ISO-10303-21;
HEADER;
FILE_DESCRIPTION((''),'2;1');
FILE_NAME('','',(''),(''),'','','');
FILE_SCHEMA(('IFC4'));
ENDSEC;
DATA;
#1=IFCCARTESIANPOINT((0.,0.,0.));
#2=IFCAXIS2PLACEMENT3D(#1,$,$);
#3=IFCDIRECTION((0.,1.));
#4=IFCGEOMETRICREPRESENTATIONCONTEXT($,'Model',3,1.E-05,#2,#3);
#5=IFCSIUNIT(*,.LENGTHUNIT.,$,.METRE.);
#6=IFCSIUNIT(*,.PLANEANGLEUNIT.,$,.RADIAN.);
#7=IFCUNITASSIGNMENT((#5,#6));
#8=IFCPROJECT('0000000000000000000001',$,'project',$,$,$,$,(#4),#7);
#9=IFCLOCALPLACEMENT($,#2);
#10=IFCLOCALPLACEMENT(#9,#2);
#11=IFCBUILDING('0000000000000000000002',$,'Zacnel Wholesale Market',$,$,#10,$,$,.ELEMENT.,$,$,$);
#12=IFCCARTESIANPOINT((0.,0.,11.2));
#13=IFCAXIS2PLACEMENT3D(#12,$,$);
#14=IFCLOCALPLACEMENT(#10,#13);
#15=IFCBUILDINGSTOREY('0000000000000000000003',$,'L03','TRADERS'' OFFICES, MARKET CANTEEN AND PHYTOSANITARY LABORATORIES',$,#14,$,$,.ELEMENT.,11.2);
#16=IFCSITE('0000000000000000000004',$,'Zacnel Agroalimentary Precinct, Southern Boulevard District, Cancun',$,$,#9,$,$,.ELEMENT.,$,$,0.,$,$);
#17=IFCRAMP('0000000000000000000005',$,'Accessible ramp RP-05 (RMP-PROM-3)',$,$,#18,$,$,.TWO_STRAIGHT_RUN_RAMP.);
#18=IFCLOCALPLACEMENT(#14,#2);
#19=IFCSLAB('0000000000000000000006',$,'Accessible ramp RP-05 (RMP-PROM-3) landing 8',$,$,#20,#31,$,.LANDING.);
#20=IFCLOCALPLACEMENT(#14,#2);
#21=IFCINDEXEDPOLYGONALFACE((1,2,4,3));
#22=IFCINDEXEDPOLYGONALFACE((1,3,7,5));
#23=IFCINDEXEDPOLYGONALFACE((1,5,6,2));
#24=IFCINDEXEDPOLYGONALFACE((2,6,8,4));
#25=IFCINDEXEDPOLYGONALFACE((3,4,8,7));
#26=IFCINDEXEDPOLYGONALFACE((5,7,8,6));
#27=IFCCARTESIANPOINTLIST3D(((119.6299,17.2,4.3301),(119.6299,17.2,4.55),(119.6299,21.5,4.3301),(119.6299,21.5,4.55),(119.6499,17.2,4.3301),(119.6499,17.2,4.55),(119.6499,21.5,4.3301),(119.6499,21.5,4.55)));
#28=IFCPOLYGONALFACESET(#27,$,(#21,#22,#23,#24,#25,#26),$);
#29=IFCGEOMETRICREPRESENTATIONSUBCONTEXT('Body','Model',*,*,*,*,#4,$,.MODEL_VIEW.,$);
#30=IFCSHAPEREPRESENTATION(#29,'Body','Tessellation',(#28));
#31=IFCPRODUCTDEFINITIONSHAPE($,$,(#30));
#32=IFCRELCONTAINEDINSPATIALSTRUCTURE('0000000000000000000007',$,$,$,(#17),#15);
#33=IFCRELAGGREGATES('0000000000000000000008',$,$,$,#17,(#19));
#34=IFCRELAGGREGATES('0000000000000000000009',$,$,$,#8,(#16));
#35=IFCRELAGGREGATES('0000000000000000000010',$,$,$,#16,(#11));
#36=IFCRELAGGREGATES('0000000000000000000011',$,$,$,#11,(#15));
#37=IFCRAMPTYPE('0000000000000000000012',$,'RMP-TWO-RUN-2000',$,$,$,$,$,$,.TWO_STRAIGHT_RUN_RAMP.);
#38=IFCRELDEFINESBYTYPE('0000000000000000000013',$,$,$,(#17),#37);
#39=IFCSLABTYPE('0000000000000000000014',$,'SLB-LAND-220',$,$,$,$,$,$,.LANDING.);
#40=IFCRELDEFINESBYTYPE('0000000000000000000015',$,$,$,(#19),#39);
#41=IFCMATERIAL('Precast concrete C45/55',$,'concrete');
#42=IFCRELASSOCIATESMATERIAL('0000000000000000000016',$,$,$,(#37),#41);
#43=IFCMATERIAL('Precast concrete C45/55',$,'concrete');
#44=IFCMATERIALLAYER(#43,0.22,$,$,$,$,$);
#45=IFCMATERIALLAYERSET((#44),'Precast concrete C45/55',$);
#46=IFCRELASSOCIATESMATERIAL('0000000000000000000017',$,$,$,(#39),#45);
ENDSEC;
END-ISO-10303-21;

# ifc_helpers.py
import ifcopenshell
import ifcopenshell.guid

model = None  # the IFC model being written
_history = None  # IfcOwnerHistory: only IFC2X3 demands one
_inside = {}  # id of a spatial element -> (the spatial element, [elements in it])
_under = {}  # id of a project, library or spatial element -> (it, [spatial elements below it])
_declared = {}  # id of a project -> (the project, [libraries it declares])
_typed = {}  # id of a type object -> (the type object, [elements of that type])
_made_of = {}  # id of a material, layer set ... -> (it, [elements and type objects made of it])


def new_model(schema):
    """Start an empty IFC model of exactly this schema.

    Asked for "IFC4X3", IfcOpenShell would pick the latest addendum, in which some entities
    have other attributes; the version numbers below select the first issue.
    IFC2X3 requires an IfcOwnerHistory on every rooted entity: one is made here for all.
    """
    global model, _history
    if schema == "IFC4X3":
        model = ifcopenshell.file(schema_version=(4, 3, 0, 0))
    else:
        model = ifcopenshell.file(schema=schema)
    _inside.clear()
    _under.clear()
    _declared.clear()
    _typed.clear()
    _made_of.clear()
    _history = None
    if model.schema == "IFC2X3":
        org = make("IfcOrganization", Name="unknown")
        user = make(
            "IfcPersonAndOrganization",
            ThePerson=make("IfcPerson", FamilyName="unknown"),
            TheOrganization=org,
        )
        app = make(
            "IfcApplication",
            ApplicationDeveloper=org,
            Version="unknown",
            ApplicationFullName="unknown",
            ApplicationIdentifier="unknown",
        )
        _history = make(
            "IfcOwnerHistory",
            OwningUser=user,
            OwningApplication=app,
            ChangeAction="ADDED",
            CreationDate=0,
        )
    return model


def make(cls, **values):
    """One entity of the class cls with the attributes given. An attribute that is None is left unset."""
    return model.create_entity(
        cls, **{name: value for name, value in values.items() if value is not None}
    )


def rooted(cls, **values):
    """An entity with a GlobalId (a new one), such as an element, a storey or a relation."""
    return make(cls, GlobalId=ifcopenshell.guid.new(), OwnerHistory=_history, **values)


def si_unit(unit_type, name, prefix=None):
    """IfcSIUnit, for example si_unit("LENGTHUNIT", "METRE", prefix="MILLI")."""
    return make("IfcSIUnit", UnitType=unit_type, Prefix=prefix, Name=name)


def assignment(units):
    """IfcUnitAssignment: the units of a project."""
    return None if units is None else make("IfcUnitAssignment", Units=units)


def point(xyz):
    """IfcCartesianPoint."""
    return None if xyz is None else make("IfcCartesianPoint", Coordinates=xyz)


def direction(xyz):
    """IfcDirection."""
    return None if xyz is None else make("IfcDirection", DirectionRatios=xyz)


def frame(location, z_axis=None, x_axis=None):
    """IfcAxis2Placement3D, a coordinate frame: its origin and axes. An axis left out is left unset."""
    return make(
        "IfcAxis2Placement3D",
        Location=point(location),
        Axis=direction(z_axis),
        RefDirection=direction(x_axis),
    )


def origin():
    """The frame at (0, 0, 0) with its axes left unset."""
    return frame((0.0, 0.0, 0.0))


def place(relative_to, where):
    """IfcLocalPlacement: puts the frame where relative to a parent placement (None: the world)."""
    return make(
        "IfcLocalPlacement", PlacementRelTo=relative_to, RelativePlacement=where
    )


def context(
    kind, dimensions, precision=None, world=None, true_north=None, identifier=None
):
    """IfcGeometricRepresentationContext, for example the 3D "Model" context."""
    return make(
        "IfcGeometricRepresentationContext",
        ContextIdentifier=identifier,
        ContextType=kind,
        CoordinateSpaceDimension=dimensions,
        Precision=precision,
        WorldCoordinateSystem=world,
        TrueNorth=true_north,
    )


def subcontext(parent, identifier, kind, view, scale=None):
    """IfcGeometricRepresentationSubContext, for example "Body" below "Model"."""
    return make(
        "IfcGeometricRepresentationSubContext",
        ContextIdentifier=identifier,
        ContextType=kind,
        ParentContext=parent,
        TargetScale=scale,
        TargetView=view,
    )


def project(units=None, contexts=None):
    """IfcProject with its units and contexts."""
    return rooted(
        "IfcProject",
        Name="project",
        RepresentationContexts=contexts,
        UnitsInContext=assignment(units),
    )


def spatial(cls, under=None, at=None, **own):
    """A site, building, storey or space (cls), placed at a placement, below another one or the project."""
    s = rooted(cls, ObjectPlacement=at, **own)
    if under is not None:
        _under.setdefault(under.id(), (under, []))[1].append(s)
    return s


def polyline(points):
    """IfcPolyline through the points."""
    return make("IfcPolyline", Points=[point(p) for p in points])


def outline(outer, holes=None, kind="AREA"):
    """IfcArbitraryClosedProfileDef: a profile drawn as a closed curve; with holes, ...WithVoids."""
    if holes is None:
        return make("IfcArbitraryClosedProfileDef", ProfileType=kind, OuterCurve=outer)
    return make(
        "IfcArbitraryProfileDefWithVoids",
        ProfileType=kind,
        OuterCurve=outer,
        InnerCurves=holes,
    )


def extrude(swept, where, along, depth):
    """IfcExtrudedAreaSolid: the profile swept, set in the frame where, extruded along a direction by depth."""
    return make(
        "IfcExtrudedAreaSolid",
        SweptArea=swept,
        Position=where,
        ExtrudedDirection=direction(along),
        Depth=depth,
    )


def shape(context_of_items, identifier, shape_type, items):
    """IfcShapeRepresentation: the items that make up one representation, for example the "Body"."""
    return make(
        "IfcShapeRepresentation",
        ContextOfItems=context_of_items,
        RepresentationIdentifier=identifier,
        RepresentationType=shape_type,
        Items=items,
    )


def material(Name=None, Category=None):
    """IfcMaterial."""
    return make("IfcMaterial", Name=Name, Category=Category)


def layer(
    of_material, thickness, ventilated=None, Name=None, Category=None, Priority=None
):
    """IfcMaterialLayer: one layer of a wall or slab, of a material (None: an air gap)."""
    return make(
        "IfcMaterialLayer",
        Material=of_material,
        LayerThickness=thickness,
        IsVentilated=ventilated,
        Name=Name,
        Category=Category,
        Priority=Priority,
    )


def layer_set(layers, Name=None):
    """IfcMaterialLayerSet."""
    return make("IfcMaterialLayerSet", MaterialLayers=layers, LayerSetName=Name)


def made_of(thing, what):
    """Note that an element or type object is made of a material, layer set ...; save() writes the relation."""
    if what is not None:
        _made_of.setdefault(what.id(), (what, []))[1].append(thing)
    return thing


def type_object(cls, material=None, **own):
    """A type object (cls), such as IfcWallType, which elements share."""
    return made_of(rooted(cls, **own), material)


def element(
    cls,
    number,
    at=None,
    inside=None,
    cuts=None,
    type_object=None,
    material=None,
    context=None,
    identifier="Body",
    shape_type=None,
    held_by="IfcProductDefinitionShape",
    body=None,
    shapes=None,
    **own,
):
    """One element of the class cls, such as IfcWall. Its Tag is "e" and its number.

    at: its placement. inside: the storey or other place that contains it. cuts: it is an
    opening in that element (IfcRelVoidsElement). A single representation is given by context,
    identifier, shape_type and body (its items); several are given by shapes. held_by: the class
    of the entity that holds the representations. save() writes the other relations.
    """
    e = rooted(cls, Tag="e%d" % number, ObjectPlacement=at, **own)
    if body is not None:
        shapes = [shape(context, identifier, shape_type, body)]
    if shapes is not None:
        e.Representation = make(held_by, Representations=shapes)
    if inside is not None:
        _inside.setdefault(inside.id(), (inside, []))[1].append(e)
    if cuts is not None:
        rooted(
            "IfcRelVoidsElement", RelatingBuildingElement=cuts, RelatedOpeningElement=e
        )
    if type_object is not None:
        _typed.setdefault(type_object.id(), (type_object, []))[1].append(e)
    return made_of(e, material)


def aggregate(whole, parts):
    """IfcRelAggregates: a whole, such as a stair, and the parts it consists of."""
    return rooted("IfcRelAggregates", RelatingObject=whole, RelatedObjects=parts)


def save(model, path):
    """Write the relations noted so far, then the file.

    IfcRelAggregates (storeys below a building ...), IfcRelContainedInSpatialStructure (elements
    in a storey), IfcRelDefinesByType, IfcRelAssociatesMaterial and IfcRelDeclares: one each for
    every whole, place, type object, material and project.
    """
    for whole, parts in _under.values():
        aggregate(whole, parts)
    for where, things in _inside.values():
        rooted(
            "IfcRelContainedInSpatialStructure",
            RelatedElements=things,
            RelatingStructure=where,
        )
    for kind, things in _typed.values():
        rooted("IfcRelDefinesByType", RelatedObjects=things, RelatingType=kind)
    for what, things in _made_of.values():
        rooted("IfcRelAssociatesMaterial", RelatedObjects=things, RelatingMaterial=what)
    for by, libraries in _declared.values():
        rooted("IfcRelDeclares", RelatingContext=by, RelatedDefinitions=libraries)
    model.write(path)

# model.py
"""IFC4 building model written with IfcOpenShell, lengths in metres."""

from ifc_helpers import new_model, si_unit, direction, frame, origin, place, context, subcontext, project, spatial, polyline, outline, extrude, material, layer, layer_set, type_object, element, aggregate, save


model = new_model("IFC4")

# Units and contexts
model_context = context("Model", 3, precision=1e-05, world=origin(), true_north=direction((0.0, 1.0)))
body_context = subcontext(model_context, "Body", "Model", "MODEL_VIEW")
ifc_project = project(units=[si_unit("LENGTHUNIT", "METRE"), si_unit("PLANEANGLEUNIT", "RADIAN")], contexts=[model_context])

# Site, building, storey
site_placement = place(None, origin())
site = spatial("IfcSite", under=ifc_project, at=site_placement, Name="Zacnel Agroalimentary Precinct, Southern Boulevard District, Cancun", CompositionType="ELEMENT", RefElevation=0.0)
building_placement = place(site_placement, origin())
building = spatial("IfcBuilding", under=site, at=building_placement, Name="Zacnel Wholesale Market", CompositionType="ELEMENT")
storey_placement = place(building_placement, frame((0.0, 0.0, 11.2)))
storey = spatial("IfcBuildingStorey", under=building, at=storey_placement, Name="L03", Description="TRADERS' OFFICES, MARKET CANTEEN AND PHYTOSANITARY LABORATORIES", CompositionType="ELEMENT", Elevation=11.2)

# Ramp, slab
ifc_material_1 = material(Name="Precast concrete C45/55", Category="concrete")
ramp_type = type_object("IfcRampType", Name="RMP-TWO-RUN-2000", PredefinedType="TWO_STRAIGHT_RUN_RAMP", material=ifc_material_1)
ramp_placement = place(storey_placement, origin())
ramp = element("IfcRamp", 1, at=ramp_placement, inside=storey, type_object=ramp_type, Name="Accessible ramp RP-05 (RMP-PROM-3)", PredefinedType="TWO_STRAIGHT_RUN_RAMP")
ifc_material_2 = material(Name="Precast concrete C45/55", Category="concrete")
ifc_layer_1 = layer(ifc_material_2, 0.22)
ifc_layer_set_1 = layer_set([ifc_layer_1], Name="Precast concrete C45/55")
slab_type_1 = type_object("IfcSlabType", Name="SLB-LAND-220", PredefinedType="LANDING", material=ifc_layer_set_1)
slab_1_placement = place(storey_placement, frame((0.0, 0.0, 4.3301)))
slab_1 = element("IfcSlab", 2, at=slab_1_placement, type_object=slab_type_1, Name="Accessible ramp RP-05 (RMP-PROM-3) landing 8", PredefinedType="LANDING", context=body_context, shape_type="SweptSolid", body=[
    extrude(outline(polyline([(119.6299, 17.2), (119.6499, 17.2), (119.6499, 21.5), (119.6299, 21.5), (119.6299, 17.2)])), origin(), (0.0, 0.0, 1.0), 0.22),
])
aggregate(ramp, [slab_1])

save(model, "model.ifc")
